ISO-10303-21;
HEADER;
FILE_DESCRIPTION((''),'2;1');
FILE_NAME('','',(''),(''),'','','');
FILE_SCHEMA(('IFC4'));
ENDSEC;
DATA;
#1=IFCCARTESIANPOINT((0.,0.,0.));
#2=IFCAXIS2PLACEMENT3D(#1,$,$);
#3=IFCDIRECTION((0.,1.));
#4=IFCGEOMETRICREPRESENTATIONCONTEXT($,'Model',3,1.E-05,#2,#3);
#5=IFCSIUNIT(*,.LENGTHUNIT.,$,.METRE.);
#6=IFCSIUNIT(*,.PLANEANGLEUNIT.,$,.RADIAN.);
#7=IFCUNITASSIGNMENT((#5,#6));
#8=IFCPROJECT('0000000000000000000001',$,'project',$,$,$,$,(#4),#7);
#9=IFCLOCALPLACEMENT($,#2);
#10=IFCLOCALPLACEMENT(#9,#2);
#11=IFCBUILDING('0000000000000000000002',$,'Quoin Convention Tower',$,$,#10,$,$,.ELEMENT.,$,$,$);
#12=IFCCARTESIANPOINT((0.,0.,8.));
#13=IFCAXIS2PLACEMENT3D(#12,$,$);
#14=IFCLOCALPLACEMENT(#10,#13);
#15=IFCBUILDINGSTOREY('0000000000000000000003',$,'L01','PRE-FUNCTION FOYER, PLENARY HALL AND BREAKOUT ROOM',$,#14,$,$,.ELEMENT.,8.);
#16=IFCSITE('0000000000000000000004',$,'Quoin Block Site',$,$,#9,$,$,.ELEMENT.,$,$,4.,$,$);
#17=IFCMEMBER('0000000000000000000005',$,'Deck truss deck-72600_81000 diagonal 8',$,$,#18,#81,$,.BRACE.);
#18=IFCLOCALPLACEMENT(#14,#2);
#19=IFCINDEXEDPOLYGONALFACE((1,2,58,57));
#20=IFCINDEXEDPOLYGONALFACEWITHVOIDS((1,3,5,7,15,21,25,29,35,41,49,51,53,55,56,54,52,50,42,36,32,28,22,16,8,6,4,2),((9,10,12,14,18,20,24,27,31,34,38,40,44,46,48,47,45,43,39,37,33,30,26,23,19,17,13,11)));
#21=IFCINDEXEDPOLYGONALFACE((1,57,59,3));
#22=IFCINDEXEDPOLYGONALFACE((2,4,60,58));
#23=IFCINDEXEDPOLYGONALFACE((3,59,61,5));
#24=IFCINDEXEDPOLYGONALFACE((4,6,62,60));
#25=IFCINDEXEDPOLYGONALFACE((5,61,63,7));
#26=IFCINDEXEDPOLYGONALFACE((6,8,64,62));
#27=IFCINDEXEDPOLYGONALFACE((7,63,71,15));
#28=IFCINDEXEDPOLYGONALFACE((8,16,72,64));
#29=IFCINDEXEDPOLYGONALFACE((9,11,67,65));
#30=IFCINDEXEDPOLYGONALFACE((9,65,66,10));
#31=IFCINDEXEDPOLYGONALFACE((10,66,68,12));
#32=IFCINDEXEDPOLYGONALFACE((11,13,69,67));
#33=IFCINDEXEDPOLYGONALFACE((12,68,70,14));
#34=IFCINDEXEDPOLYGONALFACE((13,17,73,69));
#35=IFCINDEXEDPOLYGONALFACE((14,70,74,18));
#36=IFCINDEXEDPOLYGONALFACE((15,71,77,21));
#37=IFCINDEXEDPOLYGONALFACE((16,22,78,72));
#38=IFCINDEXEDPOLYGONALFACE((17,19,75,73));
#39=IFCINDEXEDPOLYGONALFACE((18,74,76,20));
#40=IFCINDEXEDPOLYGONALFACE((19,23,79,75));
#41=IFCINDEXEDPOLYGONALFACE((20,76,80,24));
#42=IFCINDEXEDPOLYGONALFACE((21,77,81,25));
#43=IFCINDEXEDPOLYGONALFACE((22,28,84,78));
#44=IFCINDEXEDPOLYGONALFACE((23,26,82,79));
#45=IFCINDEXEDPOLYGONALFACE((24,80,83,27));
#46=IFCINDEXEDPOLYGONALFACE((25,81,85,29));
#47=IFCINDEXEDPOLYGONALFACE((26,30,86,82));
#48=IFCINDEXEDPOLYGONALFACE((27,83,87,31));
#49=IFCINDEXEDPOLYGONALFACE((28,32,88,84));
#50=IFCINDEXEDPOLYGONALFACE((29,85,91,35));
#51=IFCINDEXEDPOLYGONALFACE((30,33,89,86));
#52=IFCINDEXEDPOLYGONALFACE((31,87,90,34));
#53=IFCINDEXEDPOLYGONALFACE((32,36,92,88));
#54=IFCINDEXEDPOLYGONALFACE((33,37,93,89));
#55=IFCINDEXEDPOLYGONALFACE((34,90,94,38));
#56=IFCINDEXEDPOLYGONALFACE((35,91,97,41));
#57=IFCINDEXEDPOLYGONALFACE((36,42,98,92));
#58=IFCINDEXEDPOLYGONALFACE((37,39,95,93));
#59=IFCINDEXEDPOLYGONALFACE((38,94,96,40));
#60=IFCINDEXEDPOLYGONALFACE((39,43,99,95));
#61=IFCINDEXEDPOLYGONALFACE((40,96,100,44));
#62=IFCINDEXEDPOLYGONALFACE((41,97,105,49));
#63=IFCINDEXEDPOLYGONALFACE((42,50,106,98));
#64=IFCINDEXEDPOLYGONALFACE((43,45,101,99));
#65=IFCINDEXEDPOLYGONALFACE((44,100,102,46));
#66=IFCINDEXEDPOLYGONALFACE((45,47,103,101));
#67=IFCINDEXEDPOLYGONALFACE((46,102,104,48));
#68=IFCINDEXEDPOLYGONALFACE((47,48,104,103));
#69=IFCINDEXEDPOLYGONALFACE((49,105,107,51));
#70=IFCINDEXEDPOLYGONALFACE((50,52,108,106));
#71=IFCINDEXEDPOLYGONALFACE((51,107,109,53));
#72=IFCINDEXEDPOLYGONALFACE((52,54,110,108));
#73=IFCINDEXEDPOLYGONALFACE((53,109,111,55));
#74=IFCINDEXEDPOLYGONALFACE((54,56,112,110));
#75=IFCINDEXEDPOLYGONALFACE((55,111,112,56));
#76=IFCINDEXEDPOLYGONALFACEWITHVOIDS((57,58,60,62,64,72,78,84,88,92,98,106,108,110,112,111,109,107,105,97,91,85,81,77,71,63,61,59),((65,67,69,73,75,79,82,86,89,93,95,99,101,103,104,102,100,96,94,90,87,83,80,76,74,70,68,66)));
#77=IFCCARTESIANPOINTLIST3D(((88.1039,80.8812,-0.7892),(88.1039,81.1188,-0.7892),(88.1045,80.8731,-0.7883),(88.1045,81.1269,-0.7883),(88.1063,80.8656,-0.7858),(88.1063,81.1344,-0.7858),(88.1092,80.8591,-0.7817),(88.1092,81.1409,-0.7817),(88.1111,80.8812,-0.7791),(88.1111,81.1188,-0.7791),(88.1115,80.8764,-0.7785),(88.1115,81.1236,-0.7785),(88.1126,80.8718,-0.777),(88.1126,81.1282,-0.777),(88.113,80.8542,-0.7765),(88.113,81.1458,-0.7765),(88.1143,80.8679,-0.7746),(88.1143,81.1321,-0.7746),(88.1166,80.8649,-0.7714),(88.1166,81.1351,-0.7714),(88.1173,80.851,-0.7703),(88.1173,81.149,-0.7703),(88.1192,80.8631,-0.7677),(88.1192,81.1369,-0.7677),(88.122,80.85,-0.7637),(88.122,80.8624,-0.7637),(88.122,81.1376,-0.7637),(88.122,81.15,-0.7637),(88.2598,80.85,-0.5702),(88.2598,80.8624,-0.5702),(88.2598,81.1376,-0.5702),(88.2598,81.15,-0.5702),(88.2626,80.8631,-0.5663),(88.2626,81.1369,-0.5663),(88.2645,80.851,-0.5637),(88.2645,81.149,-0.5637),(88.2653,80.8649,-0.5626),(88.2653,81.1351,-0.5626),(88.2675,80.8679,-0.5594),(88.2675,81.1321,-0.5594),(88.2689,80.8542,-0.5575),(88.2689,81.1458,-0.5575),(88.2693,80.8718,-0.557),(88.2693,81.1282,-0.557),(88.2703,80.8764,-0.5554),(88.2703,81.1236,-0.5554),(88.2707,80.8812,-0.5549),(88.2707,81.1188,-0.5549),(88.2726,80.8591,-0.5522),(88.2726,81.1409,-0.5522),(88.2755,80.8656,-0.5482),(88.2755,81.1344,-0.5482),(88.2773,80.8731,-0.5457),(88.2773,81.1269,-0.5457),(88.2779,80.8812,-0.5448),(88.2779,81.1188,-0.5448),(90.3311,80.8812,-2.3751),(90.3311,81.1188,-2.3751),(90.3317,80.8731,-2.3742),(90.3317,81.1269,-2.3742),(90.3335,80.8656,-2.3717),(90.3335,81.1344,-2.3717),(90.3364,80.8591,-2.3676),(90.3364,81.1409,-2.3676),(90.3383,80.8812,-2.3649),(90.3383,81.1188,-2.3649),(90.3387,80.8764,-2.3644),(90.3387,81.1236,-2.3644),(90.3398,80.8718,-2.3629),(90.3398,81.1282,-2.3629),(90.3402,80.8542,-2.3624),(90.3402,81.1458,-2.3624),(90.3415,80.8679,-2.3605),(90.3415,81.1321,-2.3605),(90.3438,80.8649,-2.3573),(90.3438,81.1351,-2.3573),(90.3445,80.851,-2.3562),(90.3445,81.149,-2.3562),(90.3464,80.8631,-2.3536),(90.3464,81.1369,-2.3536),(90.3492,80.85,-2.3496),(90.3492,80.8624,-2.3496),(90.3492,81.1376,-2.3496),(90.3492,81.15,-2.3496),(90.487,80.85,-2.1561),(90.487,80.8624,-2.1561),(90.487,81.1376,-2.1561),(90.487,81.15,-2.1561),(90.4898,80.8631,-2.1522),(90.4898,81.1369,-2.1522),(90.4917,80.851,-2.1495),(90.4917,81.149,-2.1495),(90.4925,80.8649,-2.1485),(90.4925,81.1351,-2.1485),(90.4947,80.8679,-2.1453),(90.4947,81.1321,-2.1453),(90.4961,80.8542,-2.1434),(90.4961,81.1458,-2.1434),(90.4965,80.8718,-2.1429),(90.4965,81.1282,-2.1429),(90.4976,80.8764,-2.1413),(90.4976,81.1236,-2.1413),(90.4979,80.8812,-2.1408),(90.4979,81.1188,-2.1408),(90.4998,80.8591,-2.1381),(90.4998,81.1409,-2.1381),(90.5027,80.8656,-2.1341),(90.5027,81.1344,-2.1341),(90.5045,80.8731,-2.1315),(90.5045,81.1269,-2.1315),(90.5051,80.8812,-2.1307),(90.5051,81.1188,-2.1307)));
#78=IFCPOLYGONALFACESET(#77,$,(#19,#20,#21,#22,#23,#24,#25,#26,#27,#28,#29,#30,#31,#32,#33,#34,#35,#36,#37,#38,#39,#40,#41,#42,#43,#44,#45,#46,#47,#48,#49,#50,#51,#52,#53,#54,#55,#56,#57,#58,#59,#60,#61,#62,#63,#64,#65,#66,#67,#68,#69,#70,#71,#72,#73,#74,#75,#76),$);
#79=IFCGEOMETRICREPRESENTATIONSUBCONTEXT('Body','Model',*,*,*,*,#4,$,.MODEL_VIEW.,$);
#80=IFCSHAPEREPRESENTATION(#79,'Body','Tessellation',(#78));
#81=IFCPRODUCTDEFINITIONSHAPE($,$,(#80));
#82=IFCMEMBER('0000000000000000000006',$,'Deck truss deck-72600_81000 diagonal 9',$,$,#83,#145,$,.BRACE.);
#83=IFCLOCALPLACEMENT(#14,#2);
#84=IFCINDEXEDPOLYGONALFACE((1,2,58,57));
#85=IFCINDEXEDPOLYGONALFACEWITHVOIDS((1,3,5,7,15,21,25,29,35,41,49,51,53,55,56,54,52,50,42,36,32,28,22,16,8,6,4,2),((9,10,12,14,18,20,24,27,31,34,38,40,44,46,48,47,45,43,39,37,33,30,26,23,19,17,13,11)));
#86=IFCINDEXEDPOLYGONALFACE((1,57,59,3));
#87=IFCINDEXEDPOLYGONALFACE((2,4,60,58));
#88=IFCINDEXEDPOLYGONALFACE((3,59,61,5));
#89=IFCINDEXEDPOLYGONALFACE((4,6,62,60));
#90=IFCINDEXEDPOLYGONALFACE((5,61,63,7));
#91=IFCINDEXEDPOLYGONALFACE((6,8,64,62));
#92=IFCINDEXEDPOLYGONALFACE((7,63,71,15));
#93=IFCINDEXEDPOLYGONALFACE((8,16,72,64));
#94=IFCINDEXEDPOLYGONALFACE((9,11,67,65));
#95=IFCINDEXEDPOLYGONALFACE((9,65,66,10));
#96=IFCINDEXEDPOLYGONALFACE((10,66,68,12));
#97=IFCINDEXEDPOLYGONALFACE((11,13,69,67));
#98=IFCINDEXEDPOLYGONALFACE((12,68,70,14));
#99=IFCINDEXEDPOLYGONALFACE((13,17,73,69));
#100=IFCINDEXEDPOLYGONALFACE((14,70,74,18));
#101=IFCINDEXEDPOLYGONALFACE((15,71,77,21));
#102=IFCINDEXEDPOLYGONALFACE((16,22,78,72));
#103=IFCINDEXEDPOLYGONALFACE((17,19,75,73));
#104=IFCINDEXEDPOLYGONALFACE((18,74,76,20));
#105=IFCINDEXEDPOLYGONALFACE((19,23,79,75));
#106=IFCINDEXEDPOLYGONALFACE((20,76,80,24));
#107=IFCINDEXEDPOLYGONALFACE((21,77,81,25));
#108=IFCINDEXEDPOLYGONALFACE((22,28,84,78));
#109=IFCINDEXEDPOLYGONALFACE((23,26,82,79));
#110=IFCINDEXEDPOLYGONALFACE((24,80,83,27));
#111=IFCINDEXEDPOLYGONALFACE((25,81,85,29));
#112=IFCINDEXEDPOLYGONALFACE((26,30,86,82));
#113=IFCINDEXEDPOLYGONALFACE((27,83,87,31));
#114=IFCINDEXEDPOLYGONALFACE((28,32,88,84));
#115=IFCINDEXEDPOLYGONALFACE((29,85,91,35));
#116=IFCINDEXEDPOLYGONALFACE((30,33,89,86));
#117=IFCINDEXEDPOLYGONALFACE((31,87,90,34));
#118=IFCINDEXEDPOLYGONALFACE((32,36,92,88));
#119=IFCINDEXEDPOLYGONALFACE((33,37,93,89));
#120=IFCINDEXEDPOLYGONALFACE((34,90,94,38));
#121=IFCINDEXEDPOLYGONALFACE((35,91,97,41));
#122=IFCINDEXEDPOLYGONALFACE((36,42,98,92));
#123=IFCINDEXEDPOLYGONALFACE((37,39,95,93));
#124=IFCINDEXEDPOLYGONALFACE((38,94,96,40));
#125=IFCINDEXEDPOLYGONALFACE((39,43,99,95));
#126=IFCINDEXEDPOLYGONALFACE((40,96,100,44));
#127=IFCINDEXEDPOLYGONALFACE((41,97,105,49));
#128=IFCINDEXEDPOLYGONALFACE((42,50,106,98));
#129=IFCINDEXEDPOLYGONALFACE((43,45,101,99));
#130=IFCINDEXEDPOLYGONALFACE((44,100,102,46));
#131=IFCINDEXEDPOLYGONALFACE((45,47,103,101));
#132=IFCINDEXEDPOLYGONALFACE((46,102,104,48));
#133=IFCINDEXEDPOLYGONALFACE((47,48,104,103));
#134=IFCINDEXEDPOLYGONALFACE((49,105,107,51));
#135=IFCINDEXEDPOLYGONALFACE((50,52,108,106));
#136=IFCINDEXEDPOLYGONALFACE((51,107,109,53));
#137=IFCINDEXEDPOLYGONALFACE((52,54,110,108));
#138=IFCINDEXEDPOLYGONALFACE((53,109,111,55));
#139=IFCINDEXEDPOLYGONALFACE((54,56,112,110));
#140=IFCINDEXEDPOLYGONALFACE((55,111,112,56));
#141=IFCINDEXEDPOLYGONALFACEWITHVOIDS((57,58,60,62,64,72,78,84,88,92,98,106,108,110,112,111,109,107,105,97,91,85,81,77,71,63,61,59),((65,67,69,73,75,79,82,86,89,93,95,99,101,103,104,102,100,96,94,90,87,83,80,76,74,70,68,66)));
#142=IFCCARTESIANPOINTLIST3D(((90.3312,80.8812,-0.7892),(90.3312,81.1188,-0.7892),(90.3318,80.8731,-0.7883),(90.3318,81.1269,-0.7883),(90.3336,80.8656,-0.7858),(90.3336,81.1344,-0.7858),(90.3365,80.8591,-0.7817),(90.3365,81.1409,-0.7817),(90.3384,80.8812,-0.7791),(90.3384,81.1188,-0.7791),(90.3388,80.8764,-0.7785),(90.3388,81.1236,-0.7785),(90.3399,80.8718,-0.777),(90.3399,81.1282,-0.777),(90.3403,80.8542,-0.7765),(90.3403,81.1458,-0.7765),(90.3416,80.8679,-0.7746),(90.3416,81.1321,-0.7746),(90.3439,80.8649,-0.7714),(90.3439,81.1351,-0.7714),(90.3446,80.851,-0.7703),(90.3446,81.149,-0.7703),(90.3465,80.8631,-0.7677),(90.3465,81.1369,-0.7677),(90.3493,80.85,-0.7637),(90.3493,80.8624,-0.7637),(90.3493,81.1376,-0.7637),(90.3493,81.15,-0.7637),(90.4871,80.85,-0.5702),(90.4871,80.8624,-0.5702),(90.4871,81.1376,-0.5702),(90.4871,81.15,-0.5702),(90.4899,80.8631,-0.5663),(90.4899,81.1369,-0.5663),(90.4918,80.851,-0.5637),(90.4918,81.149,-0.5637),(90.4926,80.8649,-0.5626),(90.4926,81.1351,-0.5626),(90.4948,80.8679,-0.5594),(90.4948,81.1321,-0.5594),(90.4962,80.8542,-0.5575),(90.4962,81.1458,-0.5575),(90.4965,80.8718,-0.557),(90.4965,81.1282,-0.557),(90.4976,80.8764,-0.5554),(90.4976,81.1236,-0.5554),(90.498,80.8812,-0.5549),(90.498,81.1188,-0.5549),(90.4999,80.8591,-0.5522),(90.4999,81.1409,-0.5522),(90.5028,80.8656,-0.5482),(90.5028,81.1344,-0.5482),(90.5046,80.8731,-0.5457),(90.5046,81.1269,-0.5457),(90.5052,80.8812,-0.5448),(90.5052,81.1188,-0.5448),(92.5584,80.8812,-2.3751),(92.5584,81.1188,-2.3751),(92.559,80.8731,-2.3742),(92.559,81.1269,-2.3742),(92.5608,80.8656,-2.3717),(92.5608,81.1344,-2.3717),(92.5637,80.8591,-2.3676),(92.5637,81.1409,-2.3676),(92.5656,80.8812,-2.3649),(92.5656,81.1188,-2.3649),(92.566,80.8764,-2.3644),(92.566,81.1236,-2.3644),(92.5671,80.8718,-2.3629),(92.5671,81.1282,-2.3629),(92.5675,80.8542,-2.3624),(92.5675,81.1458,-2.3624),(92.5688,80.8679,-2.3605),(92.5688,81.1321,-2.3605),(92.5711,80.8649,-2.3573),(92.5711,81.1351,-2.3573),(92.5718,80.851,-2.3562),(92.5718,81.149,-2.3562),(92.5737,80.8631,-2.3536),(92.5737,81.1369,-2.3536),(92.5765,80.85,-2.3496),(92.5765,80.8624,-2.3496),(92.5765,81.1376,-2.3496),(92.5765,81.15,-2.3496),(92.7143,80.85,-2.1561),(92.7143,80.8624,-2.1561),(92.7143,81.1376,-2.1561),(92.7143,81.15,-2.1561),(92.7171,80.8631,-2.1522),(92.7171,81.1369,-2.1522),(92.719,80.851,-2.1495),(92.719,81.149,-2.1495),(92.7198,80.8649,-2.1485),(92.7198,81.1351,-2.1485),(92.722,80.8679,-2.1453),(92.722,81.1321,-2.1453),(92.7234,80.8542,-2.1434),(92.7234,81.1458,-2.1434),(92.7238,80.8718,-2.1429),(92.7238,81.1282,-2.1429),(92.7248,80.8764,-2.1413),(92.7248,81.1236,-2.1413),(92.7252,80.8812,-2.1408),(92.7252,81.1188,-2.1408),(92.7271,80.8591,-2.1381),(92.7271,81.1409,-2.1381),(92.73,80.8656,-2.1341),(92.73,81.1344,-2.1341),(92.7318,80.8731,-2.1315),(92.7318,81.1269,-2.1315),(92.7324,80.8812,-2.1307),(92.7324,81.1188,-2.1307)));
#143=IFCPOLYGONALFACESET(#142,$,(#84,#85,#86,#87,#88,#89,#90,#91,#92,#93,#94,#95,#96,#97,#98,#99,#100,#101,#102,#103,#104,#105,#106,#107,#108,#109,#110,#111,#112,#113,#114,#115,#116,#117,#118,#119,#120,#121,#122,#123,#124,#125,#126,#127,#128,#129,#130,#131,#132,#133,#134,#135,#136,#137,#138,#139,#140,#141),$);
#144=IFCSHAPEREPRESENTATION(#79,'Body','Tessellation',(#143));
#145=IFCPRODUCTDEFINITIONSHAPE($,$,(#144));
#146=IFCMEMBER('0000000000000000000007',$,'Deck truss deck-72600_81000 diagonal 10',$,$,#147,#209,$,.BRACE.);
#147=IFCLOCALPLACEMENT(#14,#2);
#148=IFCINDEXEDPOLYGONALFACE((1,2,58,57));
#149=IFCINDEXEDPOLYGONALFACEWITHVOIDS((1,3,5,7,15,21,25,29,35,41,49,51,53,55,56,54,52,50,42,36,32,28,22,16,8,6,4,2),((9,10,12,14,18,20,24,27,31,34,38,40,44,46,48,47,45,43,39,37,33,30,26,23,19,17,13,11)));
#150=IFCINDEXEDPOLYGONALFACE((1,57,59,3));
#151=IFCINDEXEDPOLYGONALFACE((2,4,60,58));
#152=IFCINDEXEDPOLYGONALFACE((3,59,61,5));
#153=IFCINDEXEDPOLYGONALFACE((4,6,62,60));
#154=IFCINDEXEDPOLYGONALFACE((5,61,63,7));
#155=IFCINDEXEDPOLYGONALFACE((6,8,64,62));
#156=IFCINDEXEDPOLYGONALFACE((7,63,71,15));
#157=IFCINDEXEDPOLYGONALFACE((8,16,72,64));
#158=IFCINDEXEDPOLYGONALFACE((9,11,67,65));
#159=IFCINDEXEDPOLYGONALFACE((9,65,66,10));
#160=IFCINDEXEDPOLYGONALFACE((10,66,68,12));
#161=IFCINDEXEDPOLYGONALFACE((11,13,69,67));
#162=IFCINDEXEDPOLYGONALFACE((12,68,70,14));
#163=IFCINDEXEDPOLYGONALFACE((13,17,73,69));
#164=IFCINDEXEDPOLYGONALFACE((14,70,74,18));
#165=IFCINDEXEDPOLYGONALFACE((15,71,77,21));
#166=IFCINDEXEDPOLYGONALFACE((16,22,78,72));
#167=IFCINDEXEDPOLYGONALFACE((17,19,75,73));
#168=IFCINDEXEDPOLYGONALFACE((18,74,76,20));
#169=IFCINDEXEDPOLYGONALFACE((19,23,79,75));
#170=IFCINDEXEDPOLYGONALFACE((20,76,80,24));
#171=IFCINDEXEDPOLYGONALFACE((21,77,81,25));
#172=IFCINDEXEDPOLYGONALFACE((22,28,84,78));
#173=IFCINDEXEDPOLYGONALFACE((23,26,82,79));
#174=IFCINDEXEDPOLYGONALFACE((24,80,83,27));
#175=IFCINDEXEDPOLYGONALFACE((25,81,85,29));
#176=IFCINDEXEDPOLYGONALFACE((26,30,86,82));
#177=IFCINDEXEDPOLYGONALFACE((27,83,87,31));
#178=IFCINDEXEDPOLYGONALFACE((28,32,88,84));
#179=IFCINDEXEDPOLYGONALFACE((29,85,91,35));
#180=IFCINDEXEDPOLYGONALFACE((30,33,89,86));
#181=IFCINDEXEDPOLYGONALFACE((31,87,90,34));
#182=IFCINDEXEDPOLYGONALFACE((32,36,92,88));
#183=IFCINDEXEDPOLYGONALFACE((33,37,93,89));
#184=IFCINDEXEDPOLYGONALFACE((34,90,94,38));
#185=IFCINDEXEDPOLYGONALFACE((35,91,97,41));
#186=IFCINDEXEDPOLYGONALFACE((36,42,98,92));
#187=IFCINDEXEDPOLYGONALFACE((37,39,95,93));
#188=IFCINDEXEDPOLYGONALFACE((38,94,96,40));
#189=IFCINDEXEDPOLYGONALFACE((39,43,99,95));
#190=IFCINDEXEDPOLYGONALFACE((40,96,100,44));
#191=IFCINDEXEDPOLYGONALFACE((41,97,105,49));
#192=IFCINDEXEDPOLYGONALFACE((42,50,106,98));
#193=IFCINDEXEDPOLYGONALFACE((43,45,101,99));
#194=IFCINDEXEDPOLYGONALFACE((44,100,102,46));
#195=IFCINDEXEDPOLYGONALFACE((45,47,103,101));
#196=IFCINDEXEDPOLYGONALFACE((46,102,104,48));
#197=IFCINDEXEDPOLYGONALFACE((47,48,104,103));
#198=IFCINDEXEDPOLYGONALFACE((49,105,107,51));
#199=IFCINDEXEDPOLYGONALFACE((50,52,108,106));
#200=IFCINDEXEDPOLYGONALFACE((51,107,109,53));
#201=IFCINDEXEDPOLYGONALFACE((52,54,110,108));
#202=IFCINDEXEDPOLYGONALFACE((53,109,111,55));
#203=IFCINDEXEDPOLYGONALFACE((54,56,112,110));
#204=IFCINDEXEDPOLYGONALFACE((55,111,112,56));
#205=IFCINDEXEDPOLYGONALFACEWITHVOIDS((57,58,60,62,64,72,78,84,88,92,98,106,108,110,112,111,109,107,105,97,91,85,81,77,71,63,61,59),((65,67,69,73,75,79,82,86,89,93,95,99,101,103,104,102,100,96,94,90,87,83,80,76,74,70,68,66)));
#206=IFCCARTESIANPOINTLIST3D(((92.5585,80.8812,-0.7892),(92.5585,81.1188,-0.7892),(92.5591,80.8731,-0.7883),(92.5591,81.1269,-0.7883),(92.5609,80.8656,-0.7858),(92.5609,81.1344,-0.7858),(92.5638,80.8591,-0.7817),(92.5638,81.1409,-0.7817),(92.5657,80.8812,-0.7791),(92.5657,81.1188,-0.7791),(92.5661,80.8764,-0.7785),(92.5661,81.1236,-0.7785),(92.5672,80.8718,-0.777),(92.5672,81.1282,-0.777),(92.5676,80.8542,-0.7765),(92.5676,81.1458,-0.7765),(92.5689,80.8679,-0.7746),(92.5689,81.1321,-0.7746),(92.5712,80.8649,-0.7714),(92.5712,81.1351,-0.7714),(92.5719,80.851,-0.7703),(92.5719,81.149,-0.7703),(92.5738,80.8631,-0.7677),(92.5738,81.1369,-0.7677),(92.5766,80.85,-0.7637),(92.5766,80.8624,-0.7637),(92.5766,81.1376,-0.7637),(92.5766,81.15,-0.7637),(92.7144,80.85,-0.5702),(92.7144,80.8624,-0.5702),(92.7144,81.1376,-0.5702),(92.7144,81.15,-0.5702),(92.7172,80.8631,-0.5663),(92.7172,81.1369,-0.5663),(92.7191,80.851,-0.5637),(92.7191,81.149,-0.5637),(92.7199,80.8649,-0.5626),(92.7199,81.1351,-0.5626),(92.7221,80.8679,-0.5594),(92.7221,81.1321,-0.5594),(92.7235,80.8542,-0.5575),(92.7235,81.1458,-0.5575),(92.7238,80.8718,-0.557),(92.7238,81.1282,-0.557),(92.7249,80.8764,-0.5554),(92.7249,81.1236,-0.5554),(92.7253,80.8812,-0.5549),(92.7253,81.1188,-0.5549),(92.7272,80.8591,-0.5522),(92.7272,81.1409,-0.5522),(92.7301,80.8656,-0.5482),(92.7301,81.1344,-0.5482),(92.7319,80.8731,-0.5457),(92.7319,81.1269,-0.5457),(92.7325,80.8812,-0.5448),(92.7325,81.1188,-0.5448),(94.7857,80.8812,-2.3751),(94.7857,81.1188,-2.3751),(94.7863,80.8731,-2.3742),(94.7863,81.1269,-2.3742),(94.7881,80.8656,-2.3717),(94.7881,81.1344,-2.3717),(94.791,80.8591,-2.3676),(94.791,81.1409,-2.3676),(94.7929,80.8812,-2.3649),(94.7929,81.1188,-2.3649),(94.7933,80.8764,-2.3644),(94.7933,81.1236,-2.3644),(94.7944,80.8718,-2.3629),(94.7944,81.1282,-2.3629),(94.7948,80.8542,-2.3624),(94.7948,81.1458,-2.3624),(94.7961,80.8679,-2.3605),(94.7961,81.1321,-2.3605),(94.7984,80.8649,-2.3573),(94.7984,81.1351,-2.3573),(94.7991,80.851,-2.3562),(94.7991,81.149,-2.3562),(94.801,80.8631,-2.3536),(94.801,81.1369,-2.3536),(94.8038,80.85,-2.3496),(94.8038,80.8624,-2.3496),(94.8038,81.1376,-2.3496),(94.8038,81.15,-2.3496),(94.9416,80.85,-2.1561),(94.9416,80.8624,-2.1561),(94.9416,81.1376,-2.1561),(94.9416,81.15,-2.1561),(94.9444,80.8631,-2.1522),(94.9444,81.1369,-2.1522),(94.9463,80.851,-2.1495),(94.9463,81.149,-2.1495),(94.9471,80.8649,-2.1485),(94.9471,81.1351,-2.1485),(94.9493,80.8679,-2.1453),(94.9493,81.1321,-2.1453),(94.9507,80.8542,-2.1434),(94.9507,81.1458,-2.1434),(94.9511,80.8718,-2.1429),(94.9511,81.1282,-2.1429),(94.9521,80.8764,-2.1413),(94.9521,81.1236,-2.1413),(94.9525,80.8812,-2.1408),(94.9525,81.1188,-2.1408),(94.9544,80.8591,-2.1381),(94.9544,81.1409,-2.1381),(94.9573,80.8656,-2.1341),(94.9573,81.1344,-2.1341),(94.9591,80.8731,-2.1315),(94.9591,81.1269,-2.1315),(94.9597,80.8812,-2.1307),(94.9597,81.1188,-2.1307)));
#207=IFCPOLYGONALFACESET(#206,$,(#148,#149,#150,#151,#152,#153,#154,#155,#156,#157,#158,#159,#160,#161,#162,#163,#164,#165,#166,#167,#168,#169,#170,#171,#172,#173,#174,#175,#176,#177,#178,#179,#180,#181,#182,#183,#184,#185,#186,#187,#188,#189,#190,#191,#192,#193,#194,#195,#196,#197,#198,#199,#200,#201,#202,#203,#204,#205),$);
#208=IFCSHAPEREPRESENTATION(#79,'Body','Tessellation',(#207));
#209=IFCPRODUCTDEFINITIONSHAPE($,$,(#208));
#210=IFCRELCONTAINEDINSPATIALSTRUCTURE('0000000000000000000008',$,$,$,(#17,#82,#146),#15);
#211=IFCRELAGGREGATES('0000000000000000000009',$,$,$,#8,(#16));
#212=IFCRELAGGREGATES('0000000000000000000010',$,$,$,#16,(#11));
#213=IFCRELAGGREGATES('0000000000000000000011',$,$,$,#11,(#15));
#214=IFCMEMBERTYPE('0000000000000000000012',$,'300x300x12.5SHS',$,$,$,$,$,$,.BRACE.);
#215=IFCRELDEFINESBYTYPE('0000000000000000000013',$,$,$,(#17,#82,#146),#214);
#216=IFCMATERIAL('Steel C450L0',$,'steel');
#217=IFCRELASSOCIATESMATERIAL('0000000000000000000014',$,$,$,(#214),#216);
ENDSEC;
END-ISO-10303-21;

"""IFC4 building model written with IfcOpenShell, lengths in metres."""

from ifc_helpers import new_model, si_unit, direction, frame, origin, origin_2d, place, context, subcontext, project, spatial, hollow_rectangle, extrude, material, material_profile, profile_set, type_object, element, save


model = new_model("IFC4")

# Units and contexts
model_context = context("Model", 3, precision=1e-05, world=origin(), true_north=direction((0.0, 1.0)))
body_context = subcontext(model_context, "Body", "Model", "MODEL_VIEW")
ifc_project = project(units=[si_unit("LENGTHUNIT", "METRE"), si_unit("PLANEANGLEUNIT", "RADIAN")], contexts=[model_context])

# Site, building, storey
site_placement = place(None, origin())
site = spatial("IfcSite", under=ifc_project, at=site_placement, Name="Quoin Block Site", CompositionType="ELEMENT", RefElevation=4.0)
building_placement = place(site_placement, origin())
building = spatial("IfcBuilding", under=site, at=building_placement, Name="Quoin Convention Tower", CompositionType="ELEMENT")
storey_placement = place(building_placement, frame((0.0, 0.0, 8.0)))
storey = spatial("IfcBuildingStorey", under=building, at=storey_placement, Name="L01", Description="PRE-FUNCTION FOYER, PLENARY HALL AND BREAKOUT ROOM", CompositionType="ELEMENT", Elevation=8.0)

# Members
ifc_material_1 = material(Name="Steel C450L0", Category="steel")
ifc_material_profile_1 = material_profile(ifc_material_1, hollow_rectangle(XDim=0.3, YDim=0.3, WallThickness=0.0125, InnerFilletRadius=0.0188, OuterFilletRadius=0.0312, at=origin_2d()), Name="300x300x12.5SHS")
ifc_profile_set_1 = profile_set([ifc_material_profile_1], Name="Steel C450L0")
member_type_1 = type_object("IfcMemberType", Name="300x300x12.5SHS", PredefinedType="BRACE", material=ifc_profile_set_1)
for number, where, z_axis, x_axis, name in (
    (1, (88.1909, 81.0, -0.667), (0.814595, 0.0, -0.58003), (0.0, 1.0, 0.0), "Deck truss deck-72600_81000 diagonal 8"),
    (2, (90.4182, 81.0, -0.667), (0.814595, 0.0, -0.58003), (0.0, 1.0, 0.0), "Deck truss deck-72600_81000 diagonal 9"),
    (3, (92.6455, 81.0, -0.667), (0.814595, 0.0, -0.58003), (0.0, 1.0, 0.0), "Deck truss deck-72600_81000 diagonal 10"),
):
    element("IfcMember", number, at=place(storey_placement, frame(where, z_axis=z_axis, x_axis=x_axis)), inside=storey, type_object=member_type_1, Name=name, PredefinedType="BRACE", context=body_context, shape_type="SweptSolid", body=[
        extrude(hollow_rectangle(XDim=0.3, YDim=0.3, WallThickness=0.0125, InnerFilletRadius=0.0188, OuterFilletRadius=0.0312, at=origin_2d()), origin(), (0.0, 0.0, 1.0), 2.7341),
    ])

save(model, "model.ifc")
